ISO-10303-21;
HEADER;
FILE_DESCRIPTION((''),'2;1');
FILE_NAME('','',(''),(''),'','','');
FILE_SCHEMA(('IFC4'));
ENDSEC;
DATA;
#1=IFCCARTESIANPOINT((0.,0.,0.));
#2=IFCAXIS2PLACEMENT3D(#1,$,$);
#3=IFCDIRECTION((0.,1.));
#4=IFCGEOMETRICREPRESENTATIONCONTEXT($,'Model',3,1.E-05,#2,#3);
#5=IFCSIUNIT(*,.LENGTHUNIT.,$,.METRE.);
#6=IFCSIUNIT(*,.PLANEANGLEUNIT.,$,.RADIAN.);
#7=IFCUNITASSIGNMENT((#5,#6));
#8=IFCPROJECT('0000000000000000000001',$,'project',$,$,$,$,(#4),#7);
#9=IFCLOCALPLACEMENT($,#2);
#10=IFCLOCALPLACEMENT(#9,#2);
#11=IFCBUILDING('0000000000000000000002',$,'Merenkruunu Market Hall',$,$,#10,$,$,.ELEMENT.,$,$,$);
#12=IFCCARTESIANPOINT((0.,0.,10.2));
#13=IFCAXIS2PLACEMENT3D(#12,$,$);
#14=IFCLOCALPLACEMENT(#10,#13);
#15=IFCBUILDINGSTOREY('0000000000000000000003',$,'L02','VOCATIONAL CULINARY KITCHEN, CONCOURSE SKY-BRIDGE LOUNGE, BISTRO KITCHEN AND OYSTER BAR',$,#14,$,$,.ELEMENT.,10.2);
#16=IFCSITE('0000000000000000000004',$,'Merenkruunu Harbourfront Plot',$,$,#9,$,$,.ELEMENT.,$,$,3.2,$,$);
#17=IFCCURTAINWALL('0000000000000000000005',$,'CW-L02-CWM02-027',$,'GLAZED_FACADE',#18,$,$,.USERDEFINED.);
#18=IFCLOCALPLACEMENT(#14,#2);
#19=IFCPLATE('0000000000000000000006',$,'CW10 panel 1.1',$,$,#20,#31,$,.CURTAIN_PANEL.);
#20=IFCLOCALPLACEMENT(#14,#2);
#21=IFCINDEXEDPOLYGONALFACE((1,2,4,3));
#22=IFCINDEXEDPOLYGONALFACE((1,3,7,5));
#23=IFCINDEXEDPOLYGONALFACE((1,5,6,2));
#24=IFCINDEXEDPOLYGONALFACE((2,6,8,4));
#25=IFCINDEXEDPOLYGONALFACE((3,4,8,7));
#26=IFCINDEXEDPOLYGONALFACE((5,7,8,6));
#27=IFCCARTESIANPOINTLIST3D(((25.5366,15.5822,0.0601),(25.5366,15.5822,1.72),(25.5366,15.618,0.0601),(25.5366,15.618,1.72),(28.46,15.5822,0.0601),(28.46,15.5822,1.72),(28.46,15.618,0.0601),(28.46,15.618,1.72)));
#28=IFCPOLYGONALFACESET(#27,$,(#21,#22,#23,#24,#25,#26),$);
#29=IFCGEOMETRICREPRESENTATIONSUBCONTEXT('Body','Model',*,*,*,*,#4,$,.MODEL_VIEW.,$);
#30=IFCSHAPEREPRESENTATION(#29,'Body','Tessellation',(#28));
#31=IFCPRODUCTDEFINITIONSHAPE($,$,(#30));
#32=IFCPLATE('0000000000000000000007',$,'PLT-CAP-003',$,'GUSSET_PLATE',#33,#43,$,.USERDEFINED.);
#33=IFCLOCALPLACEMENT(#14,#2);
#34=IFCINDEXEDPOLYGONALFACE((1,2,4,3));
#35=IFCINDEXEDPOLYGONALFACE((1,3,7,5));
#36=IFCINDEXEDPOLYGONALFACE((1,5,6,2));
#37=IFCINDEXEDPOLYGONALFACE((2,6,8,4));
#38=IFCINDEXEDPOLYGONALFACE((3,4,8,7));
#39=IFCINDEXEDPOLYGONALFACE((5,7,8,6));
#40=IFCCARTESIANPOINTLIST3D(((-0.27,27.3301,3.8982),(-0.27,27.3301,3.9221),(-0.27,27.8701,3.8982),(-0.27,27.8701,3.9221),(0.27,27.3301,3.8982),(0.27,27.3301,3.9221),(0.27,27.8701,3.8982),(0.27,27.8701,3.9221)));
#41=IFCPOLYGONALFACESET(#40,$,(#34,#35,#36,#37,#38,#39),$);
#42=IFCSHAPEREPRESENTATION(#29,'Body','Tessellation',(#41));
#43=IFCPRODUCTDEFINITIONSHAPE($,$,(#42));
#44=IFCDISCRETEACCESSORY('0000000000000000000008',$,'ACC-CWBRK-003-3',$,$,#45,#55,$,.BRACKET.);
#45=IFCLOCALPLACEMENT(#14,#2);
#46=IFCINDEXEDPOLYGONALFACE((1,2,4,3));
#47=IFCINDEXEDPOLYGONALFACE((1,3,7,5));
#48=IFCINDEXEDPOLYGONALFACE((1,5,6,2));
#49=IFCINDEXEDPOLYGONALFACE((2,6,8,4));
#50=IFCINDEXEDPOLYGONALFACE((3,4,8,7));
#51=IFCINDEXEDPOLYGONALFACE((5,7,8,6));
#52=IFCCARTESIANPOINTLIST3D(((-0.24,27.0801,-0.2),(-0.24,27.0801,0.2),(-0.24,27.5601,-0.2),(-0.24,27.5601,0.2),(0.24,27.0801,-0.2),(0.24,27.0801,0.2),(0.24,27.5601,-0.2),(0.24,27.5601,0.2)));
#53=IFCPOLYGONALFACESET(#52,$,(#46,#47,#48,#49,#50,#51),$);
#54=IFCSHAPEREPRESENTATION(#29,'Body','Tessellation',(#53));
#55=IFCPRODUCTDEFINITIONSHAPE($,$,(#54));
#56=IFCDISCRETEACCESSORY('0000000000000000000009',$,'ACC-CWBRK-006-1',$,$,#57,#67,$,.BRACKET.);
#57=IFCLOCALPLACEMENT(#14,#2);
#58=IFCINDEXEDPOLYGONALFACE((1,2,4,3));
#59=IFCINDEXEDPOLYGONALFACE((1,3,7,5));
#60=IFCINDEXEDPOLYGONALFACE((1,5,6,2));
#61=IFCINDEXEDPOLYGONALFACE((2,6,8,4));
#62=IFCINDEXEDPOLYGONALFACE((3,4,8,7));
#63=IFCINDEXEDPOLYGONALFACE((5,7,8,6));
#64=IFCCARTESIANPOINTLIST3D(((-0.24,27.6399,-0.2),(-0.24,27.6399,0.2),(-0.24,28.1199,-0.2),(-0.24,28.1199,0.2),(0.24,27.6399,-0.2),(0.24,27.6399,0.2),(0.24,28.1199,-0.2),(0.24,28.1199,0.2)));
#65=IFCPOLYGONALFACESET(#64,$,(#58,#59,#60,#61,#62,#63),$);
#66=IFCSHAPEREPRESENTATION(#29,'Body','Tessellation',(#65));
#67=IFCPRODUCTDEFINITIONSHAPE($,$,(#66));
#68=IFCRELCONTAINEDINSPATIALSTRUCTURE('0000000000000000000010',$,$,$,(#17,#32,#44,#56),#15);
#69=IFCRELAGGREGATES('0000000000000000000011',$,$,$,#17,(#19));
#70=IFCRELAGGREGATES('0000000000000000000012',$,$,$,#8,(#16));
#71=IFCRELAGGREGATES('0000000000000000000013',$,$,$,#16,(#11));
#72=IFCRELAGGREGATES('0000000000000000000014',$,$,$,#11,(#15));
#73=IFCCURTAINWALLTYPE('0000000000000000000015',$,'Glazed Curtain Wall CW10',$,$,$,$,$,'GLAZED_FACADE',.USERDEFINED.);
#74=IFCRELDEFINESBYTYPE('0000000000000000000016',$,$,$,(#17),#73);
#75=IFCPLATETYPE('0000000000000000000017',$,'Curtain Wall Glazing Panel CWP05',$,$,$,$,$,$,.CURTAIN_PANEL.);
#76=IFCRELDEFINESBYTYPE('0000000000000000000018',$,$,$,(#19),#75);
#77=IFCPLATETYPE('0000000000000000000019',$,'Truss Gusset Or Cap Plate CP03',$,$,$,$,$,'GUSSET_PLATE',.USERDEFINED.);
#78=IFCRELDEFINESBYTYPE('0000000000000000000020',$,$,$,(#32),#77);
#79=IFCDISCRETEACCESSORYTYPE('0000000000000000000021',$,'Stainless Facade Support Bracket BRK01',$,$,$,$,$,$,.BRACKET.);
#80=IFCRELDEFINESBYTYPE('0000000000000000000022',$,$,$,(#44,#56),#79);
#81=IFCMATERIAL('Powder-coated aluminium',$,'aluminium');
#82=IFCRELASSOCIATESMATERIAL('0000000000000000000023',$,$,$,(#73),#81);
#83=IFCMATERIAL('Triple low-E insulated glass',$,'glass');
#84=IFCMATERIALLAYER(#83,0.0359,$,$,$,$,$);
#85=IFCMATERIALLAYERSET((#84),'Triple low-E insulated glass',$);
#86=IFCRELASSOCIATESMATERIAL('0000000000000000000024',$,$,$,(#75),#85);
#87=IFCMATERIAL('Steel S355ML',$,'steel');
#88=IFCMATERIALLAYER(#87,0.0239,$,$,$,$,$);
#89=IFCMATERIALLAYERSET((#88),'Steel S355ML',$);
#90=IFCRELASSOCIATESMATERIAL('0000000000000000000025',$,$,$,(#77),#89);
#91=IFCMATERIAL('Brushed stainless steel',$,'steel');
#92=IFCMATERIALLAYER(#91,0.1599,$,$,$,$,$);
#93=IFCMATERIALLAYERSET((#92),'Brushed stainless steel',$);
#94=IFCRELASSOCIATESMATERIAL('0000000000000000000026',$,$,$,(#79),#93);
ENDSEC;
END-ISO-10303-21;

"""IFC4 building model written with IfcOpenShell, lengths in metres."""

from ifc_helpers import new_model, si_unit, direction, frame, origin, origin_2d, place, context, subcontext, project, spatial, rectangle, extrude, material, layer, layer_set, type_object, element, aggregate, save


model = new_model("IFC4")

# Units and contexts
model_context = context("Model", 3, precision=1e-05, world=origin(), true_north=direction((0.0, 1.0)))
body_context = subcontext(model_context, "Body", "Model", "MODEL_VIEW")
ifc_project = project(units=[si_unit("LENGTHUNIT", "METRE"), si_unit("PLANEANGLEUNIT", "RADIAN")], contexts=[model_context])

# Site, building, storey
site_placement = place(None, origin())
site = spatial("IfcSite", under=ifc_project, at=site_placement, Name="Merenkruunu Harbourfront Plot", CompositionType="ELEMENT", RefElevation=3.2)
building_placement = place(site_placement, origin())
building = spatial("IfcBuilding", under=site, at=building_placement, Name="Merenkruunu Market Hall", CompositionType="ELEMENT")
storey_placement = place(building_placement, frame((0.0, 0.0, 10.2)))
storey = spatial("IfcBuildingStorey", under=building, at=storey_placement, Name="L02", Description="VOCATIONAL CULINARY KITCHEN, CONCOURSE SKY-BRIDGE LOUNGE, BISTRO KITCHEN AND OYSTER BAR", CompositionType="ELEMENT", Elevation=10.2)

# Shared definitions
ifc_material_1 = material(Name="Steel S355ML", Category="steel")

# Shared definitions
ifc_material_2 = material(Name="Powder-coated aluminium", Category="aluminium")

# Curtain wall
curtain_wall_type_1 = type_object("IfcCurtainWallType", Name="Glazed Curtain Wall CW10", ElementType="GLAZED_FACADE", PredefinedType="USERDEFINED", material=ifc_material_2)
curtain_wall_1_placement = place(storey_placement, origin())
curtain_wall_1 = element("IfcCurtainWall", 1, at=curtain_wall_1_placement, inside=storey, type_object=curtain_wall_type_1, Name="CW-L02-CWM02-027", ObjectType="GLAZED_FACADE", PredefinedType="USERDEFINED")

# Plates
ifc_material_3 = material(Name="Triple low-E insulated glass", Category="glass")
ifc_layer_1 = layer(ifc_material_3, 0.0359)
ifc_layer_set_1 = layer_set([ifc_layer_1], Name="Triple low-E insulated glass")
plate_type_1 = type_object("IfcPlateType", Name="Curtain Wall Glazing Panel CWP05", PredefinedType="CURTAIN_PANEL", material=ifc_layer_set_1)
plate_1_placement = place(storey_placement, frame((26.9983, 15.6001, 0.0601), z_axis=(0.0, 0.0, 1.0), x_axis=(-1.0, 0.0, 0.0)))
plate_1 = element("IfcPlate", 2, at=plate_1_placement, type_object=plate_type_1, Name="CW10 panel 1.1", PredefinedType="CURTAIN_PANEL", context=body_context, shape_type="SweptSolid", body=[
    extrude(rectangle(XDim=2.9233, YDim=0.0359, at=origin_2d()), origin(), (0.0, 0.0, 1.0), 1.6599),
])
aggregate(curtain_wall_1, [plate_1])
ifc_layer_2 = layer(ifc_material_1, 0.0239)
ifc_layer_set_2 = layer_set([ifc_layer_2], Name="Steel S355ML")
plate_type_2 = type_object("IfcPlateType", Name="Truss Gusset Or Cap Plate CP03", ElementType="GUSSET_PLATE", PredefinedType="USERDEFINED", material=ifc_layer_set_2)
plate_2_placement = place(storey_placement, frame((0.0, 27.6001, 3.8982), z_axis=(0.0, 0.0, 1.0), x_axis=(1.0, 0.0, 0.0)))
element("IfcPlate", 3, at=plate_2_placement, inside=storey, type_object=plate_type_2, Name="PLT-CAP-003", ObjectType="GUSSET_PLATE", PredefinedType="USERDEFINED", context=body_context, shape_type="SweptSolid", body=[
    extrude(rectangle(XDim=0.54, YDim=0.54, at=origin_2d()), origin(), (0.0, 0.0, 1.0), 0.0239),
])

# Discrete accessories
ifc_material_4 = material(Name="Brushed stainless steel", Category="steel")
ifc_layer_3 = layer(ifc_material_4, 0.1599)
ifc_layer_set_3 = layer_set([ifc_layer_3], Name="Brushed stainless steel")
discrete_accessory_type = type_object("IfcDiscreteAccessoryType", Name="Stainless Facade Support Bracket BRK01", PredefinedType="BRACKET", material=ifc_layer_set_3)
for number, where, z_axis, x_axis, name in (
    (4, (0.0, 27.3201, -0.2), (0.0, 0.0, 1.0), (1.0, 0.0, 0.0), "ACC-CWBRK-003-3"),
    (5, (0.0, 27.8799, -0.2), (0.0, 0.0, 1.0), (1.0, 0.0, 0.0), "ACC-CWBRK-006-1"),
):
    element("IfcDiscreteAccessory", number, at=place(storey_placement, frame(where, z_axis=z_axis, x_axis=x_axis)), inside=storey, type_object=discrete_accessory_type, Name=name, PredefinedType="BRACKET", context=body_context, shape_type="SweptSolid", body=[
        extrude(rectangle(XDim=0.48, YDim=0.48, at=origin_2d()), origin(), (0.0, 0.0, 1.0), 0.3999),
    ])

save(model, "model.ifc")
